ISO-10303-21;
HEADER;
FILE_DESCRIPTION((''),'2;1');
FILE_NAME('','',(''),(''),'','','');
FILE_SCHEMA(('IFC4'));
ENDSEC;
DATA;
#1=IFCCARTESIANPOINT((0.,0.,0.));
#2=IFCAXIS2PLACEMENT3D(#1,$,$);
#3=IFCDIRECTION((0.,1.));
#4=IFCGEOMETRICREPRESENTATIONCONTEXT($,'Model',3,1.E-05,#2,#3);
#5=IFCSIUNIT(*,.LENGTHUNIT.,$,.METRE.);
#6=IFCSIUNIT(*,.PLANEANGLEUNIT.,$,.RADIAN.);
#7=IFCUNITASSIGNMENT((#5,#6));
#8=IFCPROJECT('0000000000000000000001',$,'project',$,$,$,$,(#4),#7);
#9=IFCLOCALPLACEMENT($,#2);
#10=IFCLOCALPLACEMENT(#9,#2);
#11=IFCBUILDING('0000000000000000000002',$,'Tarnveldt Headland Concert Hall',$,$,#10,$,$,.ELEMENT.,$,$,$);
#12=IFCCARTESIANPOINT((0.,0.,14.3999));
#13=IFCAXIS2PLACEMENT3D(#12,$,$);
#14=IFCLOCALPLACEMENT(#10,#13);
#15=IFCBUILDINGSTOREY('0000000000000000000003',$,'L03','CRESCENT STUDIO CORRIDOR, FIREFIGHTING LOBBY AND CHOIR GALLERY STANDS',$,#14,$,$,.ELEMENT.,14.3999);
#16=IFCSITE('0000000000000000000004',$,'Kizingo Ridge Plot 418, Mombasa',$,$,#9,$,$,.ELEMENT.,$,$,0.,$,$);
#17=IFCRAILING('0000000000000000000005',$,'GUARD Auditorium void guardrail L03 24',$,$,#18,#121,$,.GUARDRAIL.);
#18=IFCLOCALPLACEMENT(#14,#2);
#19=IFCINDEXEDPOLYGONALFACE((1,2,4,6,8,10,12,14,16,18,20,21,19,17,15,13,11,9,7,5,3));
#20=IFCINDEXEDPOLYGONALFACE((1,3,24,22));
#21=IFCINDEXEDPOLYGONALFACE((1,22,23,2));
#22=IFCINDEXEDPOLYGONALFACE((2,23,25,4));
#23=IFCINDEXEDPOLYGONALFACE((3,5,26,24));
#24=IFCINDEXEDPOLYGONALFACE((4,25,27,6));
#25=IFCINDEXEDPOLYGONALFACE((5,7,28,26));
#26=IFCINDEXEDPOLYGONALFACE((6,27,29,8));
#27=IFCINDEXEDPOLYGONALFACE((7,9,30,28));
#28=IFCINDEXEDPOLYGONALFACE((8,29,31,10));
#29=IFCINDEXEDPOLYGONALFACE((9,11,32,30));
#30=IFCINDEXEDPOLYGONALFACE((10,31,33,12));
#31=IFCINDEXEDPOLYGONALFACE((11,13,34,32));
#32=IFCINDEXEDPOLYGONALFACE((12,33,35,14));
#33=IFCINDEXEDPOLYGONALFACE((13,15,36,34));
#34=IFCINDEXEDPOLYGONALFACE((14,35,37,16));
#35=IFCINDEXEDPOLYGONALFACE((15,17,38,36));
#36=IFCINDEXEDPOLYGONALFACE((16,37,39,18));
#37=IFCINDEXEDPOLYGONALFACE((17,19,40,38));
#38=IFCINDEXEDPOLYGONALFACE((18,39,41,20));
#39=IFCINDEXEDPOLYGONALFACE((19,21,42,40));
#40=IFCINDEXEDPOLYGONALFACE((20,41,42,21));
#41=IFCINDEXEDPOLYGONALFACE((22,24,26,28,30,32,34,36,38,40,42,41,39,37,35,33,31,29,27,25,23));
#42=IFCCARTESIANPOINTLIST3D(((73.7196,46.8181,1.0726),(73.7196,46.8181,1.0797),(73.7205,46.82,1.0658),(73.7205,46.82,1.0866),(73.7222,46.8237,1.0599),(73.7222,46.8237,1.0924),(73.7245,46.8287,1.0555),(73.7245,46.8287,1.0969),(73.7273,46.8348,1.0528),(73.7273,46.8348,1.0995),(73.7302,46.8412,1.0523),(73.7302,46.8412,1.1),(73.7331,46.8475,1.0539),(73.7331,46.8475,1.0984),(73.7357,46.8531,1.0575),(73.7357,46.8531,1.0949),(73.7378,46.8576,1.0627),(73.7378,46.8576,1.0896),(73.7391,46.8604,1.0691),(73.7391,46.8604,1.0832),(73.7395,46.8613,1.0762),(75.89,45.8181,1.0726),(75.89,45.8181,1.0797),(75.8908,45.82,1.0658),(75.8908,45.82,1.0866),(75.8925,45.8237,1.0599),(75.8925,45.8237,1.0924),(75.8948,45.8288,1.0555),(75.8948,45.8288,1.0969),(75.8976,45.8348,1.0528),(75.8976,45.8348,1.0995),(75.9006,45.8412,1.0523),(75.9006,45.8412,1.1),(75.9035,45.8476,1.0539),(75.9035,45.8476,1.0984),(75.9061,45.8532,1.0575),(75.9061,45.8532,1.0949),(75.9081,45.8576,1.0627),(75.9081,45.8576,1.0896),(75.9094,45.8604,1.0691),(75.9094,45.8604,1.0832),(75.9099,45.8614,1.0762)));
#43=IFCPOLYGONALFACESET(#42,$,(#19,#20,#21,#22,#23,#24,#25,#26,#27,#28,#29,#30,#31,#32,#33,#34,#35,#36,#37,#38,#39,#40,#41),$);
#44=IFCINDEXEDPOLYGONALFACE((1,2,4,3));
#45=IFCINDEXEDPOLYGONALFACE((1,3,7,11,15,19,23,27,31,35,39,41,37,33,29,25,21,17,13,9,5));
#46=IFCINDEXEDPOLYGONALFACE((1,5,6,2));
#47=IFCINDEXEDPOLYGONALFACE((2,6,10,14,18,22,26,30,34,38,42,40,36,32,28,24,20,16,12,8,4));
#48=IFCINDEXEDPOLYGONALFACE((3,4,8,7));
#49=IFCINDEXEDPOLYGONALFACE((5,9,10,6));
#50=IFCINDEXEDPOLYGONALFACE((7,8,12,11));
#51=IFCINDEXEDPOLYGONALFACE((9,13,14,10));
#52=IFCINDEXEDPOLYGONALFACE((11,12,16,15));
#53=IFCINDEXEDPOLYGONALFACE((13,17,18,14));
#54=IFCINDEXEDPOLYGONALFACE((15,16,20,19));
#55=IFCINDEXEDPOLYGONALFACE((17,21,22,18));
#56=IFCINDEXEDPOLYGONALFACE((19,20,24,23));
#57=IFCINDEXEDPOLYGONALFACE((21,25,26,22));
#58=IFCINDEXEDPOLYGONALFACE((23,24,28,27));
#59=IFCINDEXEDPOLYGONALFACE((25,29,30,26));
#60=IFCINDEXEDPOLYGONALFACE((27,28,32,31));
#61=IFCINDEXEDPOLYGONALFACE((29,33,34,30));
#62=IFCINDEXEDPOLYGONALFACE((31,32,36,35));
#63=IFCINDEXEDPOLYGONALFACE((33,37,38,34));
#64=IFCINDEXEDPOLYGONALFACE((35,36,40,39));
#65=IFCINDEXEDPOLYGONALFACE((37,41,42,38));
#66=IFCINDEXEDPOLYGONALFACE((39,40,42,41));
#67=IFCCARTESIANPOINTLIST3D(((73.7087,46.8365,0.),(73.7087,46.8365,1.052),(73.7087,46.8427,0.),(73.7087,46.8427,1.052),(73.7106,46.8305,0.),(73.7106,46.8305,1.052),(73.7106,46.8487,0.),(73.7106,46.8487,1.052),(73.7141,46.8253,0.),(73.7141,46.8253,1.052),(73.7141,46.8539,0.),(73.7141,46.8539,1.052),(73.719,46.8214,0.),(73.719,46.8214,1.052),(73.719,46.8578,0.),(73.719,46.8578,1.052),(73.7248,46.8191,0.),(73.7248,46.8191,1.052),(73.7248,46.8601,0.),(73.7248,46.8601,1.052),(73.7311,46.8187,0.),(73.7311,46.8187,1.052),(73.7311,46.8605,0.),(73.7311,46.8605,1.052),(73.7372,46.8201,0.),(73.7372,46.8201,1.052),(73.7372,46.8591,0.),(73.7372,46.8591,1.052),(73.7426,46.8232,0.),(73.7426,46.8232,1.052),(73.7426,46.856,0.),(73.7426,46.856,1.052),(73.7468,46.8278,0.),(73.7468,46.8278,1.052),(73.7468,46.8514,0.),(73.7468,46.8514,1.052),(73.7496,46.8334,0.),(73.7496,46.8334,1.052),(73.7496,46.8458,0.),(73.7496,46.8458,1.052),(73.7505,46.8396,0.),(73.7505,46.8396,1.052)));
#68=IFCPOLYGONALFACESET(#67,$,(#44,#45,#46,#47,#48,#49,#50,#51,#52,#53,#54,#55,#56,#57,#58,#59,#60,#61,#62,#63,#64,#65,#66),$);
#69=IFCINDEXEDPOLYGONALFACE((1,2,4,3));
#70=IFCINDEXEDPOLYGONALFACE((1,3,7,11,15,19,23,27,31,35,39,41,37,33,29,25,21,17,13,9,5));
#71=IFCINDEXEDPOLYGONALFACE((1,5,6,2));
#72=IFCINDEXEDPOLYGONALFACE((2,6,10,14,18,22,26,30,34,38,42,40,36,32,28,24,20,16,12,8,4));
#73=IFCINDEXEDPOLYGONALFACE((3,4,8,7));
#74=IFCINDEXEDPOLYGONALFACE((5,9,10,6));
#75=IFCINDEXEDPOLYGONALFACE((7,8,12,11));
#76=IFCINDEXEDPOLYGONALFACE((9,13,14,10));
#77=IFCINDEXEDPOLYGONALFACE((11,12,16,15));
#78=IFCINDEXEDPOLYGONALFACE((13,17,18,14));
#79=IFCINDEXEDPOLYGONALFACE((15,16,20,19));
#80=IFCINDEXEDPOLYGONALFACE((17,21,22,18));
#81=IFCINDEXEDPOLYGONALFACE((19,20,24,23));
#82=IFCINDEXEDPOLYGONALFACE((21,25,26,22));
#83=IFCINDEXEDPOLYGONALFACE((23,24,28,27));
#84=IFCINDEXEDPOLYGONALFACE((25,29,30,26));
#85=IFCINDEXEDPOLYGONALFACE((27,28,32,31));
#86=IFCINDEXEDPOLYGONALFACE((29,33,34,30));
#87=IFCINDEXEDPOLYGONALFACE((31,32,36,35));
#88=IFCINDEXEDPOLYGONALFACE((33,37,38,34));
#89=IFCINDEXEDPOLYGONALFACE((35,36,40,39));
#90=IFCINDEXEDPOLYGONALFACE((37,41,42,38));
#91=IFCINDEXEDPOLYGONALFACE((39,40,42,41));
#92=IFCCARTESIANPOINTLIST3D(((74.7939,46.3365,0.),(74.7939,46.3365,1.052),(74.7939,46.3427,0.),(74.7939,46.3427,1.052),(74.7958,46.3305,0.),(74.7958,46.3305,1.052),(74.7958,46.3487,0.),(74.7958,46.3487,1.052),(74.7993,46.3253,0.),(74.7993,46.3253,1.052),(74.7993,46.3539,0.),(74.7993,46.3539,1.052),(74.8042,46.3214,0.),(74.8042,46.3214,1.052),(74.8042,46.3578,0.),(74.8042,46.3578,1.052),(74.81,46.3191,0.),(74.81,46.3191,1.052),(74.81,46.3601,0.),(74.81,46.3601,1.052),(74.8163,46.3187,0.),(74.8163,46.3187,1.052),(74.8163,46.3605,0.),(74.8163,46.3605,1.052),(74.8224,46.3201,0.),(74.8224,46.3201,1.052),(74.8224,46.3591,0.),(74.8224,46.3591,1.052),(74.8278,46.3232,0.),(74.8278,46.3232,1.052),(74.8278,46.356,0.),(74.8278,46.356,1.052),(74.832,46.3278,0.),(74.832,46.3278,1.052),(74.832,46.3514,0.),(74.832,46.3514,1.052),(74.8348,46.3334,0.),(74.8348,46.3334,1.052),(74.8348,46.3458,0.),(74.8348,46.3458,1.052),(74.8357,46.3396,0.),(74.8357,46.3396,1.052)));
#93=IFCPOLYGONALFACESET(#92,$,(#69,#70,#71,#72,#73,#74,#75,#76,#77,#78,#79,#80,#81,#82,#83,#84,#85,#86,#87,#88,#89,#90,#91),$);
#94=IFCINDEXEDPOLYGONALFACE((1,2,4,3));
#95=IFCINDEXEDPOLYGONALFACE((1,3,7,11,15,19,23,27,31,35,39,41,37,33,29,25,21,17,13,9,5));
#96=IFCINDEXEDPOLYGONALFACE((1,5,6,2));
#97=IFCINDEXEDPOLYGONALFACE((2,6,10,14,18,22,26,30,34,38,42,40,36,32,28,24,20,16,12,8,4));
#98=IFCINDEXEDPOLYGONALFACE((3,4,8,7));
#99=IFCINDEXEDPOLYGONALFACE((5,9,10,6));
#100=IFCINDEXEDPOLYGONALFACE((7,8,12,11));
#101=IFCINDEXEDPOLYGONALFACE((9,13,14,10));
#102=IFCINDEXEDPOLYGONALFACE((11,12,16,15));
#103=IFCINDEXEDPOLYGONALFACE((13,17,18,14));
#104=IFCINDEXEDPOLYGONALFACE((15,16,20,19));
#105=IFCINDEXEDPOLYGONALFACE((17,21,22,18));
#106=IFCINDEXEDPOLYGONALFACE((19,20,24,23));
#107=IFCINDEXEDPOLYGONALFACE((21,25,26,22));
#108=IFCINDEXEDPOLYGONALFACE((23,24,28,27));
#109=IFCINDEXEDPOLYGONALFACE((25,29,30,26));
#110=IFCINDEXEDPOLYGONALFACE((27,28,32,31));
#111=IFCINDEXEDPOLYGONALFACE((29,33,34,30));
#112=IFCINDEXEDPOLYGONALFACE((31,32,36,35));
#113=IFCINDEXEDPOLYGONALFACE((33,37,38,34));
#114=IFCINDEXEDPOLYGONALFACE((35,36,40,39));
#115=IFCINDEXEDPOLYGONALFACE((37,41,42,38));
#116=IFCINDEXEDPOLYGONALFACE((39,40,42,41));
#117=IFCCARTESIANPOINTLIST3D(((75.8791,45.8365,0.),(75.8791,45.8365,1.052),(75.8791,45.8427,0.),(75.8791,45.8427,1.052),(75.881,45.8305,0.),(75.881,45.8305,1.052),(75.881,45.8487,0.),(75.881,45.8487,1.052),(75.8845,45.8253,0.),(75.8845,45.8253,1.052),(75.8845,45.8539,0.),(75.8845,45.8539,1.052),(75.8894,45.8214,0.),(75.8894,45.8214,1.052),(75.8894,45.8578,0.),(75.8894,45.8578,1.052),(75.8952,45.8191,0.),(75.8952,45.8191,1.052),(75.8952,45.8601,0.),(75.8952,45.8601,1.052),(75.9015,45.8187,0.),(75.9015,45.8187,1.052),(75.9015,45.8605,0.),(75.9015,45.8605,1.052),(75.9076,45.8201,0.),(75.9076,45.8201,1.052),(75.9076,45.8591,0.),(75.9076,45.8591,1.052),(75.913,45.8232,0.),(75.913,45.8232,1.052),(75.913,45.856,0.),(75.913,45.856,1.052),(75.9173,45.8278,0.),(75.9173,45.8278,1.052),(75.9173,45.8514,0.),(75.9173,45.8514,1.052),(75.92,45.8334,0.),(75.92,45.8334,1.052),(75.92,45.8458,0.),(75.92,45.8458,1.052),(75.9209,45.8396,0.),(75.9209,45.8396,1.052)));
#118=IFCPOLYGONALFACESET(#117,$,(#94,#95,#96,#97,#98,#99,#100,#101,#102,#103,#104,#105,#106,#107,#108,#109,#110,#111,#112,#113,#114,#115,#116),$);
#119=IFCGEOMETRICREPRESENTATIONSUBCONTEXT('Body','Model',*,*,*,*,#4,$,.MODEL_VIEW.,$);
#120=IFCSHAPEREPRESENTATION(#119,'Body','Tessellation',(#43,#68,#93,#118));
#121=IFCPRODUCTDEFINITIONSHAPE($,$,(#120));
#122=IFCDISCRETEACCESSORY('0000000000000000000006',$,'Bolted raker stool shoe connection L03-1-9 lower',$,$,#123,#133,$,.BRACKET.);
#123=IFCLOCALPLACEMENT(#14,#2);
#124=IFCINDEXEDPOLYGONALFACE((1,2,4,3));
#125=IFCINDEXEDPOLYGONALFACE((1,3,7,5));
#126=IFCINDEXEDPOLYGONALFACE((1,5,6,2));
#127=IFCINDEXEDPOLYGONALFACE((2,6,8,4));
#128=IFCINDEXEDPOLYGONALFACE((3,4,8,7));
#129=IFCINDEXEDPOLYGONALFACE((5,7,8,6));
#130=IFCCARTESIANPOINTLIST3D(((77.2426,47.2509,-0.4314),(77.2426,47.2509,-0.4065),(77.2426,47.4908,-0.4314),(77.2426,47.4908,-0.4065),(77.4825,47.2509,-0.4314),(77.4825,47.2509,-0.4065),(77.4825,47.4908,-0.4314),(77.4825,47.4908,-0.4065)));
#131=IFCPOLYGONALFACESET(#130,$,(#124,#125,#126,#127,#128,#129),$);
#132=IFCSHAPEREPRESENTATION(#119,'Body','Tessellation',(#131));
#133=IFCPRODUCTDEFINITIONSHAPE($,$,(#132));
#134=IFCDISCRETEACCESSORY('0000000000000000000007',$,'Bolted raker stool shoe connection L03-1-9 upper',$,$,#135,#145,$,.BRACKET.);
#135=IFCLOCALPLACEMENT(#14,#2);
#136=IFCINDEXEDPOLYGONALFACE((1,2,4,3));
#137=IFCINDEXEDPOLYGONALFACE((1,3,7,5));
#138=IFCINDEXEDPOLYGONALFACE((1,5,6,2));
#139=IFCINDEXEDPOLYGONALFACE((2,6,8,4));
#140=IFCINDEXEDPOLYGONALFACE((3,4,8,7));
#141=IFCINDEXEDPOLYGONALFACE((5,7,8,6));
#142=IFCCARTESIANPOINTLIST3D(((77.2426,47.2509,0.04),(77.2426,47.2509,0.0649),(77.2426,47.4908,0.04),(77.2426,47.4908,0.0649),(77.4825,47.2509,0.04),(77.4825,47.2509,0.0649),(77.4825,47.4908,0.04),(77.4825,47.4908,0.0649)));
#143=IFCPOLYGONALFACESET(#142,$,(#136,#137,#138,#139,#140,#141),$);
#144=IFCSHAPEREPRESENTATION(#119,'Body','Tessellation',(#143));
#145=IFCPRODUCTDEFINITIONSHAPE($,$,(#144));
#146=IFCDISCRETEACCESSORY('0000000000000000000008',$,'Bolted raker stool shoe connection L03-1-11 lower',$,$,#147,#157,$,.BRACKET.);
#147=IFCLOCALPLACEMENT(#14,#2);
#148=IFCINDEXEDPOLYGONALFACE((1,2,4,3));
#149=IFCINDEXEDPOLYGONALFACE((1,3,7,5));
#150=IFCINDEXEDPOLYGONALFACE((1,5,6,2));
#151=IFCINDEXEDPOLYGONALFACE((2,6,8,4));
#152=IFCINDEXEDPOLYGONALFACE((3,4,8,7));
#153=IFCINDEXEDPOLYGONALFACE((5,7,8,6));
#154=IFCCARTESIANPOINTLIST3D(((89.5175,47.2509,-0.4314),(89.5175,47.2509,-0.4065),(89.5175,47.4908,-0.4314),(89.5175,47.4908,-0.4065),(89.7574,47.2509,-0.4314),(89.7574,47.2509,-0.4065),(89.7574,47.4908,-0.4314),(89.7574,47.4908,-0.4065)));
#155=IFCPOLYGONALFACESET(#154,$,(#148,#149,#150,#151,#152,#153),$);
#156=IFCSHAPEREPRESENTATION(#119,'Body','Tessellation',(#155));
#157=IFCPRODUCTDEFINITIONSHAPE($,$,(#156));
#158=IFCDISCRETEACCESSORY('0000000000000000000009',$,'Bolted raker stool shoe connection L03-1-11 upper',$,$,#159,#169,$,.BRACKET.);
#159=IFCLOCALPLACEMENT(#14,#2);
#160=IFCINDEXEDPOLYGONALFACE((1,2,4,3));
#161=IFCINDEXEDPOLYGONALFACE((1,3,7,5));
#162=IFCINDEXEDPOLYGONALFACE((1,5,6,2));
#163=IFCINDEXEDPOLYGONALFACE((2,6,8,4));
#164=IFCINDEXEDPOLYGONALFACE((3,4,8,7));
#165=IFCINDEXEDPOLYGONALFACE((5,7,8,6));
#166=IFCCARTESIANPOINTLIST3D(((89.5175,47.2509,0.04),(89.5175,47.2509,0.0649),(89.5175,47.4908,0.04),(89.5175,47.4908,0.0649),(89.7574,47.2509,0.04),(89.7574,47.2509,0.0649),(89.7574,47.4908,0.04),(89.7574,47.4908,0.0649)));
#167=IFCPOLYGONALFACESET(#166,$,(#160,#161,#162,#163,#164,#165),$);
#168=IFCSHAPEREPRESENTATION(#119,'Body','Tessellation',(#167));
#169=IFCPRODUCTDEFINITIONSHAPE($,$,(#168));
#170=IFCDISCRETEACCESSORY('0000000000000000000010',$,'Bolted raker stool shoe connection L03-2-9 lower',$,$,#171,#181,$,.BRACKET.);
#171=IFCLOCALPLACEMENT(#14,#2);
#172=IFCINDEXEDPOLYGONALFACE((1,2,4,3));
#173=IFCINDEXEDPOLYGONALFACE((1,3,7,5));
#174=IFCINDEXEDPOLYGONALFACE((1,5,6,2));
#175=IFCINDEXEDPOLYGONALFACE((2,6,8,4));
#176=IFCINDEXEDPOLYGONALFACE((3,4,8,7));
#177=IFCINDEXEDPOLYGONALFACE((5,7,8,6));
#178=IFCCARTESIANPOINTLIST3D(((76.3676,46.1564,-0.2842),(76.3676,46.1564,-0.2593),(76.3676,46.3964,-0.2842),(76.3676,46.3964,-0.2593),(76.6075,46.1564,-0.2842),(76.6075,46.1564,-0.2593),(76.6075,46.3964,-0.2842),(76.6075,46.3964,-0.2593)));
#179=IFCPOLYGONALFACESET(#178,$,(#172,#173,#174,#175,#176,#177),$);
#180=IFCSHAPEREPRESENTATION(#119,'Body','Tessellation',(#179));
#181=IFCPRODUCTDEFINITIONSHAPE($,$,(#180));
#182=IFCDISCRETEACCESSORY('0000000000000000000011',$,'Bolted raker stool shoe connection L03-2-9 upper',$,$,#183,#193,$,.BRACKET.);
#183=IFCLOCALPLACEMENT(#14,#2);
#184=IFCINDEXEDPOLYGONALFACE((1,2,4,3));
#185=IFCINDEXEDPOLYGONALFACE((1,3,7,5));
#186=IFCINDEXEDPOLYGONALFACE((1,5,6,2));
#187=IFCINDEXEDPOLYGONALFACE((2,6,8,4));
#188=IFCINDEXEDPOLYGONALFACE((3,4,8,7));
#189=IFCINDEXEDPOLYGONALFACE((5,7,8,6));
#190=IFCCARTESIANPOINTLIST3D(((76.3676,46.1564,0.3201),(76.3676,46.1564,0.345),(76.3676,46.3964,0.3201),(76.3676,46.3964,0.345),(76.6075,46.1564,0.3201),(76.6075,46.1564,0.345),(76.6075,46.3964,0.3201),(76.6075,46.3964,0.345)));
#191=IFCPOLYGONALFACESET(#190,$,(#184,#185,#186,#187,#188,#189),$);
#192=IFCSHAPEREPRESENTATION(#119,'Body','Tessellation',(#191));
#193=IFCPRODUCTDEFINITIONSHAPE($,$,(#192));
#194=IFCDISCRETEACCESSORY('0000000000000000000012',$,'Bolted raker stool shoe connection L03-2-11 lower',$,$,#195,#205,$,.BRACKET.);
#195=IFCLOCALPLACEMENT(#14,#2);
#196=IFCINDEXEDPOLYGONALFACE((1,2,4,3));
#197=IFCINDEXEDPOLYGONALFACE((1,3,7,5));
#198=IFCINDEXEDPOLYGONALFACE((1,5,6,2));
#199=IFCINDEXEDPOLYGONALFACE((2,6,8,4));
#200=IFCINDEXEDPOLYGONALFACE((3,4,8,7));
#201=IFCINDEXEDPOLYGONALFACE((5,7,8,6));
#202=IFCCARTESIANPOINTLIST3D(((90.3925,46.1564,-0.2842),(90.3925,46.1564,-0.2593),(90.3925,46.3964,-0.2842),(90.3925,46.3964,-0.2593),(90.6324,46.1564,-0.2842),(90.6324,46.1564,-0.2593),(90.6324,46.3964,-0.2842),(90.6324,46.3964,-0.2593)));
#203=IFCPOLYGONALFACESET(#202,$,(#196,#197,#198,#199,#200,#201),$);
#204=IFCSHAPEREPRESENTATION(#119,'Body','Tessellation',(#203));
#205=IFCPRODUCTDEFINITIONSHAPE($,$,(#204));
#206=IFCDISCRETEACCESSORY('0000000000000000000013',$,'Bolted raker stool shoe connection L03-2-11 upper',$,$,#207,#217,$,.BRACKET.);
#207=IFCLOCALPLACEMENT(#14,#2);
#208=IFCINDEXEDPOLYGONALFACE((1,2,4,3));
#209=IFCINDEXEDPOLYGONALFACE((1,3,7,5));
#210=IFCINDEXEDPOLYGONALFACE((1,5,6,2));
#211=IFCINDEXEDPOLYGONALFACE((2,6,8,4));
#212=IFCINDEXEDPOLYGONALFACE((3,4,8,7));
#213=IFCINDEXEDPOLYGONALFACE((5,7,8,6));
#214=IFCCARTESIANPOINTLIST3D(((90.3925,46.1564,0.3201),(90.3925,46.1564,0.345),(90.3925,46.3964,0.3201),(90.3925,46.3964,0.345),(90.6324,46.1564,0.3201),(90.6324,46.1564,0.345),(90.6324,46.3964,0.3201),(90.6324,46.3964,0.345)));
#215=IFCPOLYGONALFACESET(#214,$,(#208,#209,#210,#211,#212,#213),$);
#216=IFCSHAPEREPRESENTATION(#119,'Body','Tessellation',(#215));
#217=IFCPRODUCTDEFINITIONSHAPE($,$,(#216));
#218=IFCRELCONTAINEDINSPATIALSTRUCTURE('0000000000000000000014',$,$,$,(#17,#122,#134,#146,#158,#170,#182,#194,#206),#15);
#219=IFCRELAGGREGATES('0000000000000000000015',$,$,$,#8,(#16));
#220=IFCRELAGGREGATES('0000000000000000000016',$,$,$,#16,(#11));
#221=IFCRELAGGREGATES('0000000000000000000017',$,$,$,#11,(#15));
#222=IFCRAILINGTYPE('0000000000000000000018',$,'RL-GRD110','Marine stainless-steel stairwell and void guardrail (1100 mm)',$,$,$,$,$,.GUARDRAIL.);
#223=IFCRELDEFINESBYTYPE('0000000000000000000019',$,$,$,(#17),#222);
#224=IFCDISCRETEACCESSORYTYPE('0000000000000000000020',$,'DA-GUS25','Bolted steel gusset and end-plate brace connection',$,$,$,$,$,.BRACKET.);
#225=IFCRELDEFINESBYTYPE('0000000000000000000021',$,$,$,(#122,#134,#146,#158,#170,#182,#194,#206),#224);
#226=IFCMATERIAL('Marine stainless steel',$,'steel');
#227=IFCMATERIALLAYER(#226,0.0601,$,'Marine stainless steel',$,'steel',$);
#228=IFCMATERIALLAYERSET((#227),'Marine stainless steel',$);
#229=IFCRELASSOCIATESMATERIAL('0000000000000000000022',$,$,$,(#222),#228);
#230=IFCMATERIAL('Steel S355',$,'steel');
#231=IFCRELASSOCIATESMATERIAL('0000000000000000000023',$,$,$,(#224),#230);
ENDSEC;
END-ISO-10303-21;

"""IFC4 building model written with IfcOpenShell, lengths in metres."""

from ifc_helpers import new_model, si_unit, direction, frame, origin, origin_2d, place, context, subcontext, project, spatial, rectangle, circle, extrude, material, layer, layer_set, type_object, element, save


model = new_model("IFC4")

# Units and contexts
model_context = context("Model", 3, precision=1e-05, world=origin(), true_north=direction((0.0, 1.0)))
body_context = subcontext(model_context, "Body", "Model", "MODEL_VIEW")
ifc_project = project(units=[si_unit("LENGTHUNIT", "METRE"), si_unit("PLANEANGLEUNIT", "RADIAN")], contexts=[model_context])

# Site, building, storey
site_placement = place(None, origin())
site = spatial("IfcSite", under=ifc_project, at=site_placement, Name="Kizingo Ridge Plot 418, Mombasa", CompositionType="ELEMENT", RefElevation=0.0)
building_placement = place(site_placement, origin())
building = spatial("IfcBuilding", under=site, at=building_placement, Name="Tarnveldt Headland Concert Hall", CompositionType="ELEMENT")
storey_placement = place(building_placement, frame((0.0, 0.0, 14.3999)))
storey = spatial("IfcBuildingStorey", under=building, at=storey_placement, Name="L03", Description="CRESCENT STUDIO CORRIDOR, FIREFIGHTING LOBBY AND CHOIR GALLERY STANDS", CompositionType="ELEMENT", Elevation=14.3999)

# Shared definitions
ifc_material_1 = material(Name="Steel S355", Category="steel")

# Railing
ifc_material_2 = material(Name="Marine stainless steel", Category="steel")
ifc_layer = layer(ifc_material_2, 0.0601, Name="Marine stainless steel", Category="steel")
ifc_layer_set = layer_set([ifc_layer], Name="Marine stainless steel")
railing_type = type_object("IfcRailingType", Name="RL-GRD110", Description="Marine stainless-steel stairwell and void guardrail (1100 mm)", PredefinedType="GUARDRAIL", material=ifc_layer_set)
railing_1_placement = place(storey_placement, frame((73.7295, 46.8396, 0.0)))
element("IfcRailing", 1, at=railing_1_placement, inside=storey, type_object=railing_type, Name="GUARD Auditorium void guardrail L03 24", PredefinedType="GUARDRAIL", context=body_context, shape_type="SweptSolid", body=[
    extrude(circle(Radius=0.0239, at=origin_2d()), frame((0.0, 0.0, 1.0762), z_axis=(0.908234, -0.418462, 0.0), x_axis=(0.418462, 0.908234, 0.0)), (0.0, 0.0, 1.0), 2.3896),
    extrude(circle(Radius=0.021, at=origin_2d()), origin(), (0.0, 0.0, 1.0), 1.052),
    extrude(circle(Radius=0.021, at=origin_2d()), frame((1.0852, -0.5, 0.0)), (0.0, 0.0, 1.0), 1.052),
    extrude(circle(Radius=0.021, at=origin_2d()), frame((2.1704, -1.0, 0.0)), (0.0, 0.0, 1.0), 1.052),
])

# Discrete accessories
discrete_accessory_type = type_object("IfcDiscreteAccessoryType", Name="DA-GUS25", Description="Bolted steel gusset and end-plate brace connection", PredefinedType="BRACKET", material=ifc_material_1)
for number, where, z_axis, x_axis, name in (
    (2, (77.3625, 47.3708, -0.4314), (0.0, 0.0, 1.0), (1.0, 0.0, 0.0), "Bolted raker stool shoe connection L03-1-9 lower"),
    (3, (77.3625, 47.3708, 0.04), (0.0, 0.0, 1.0), (1.0, 0.0, 0.0), "Bolted raker stool shoe connection L03-1-9 upper"),
    (4, (89.6375, 47.3708, -0.4314), (0.0, 0.0, 1.0), (1.0, 0.0, 0.0), "Bolted raker stool shoe connection L03-1-11 lower"),
    (5, (89.6375, 47.3708, 0.04), (0.0, 0.0, 1.0), (1.0, 0.0, 0.0), "Bolted raker stool shoe connection L03-1-11 upper"),
    (6, (76.4875, 46.2764, -0.2842), (0.0, 0.0, 1.0), (1.0, 0.0, 0.0), "Bolted raker stool shoe connection L03-2-9 lower"),
    (7, (76.4875, 46.2764, 0.3201), (0.0, 0.0, 1.0), (1.0, 0.0, 0.0), "Bolted raker stool shoe connection L03-2-9 upper"),
    (8, (90.5125, 46.2764, -0.2842), (0.0, 0.0, 1.0), (1.0, 0.0, 0.0), "Bolted raker stool shoe connection L03-2-11 lower"),
    (9, (90.5125, 46.2764, 0.3201), (0.0, 0.0, 1.0), (1.0, 0.0, 0.0), "Bolted raker stool shoe connection L03-2-11 upper"),
):
    element("IfcDiscreteAccessory", number, at=place(storey_placement, frame(where, z_axis=z_axis, x_axis=x_axis)), inside=storey, type_object=discrete_accessory_type, Name=name, PredefinedType="BRACKET", context=body_context, shape_type="SweptSolid", body=[
        extrude(rectangle(XDim=0.24, YDim=0.24, at=origin_2d()), origin(), (0.0, 0.0, 1.0), 0.0249),
    ])

save(model, "model.ifc")
